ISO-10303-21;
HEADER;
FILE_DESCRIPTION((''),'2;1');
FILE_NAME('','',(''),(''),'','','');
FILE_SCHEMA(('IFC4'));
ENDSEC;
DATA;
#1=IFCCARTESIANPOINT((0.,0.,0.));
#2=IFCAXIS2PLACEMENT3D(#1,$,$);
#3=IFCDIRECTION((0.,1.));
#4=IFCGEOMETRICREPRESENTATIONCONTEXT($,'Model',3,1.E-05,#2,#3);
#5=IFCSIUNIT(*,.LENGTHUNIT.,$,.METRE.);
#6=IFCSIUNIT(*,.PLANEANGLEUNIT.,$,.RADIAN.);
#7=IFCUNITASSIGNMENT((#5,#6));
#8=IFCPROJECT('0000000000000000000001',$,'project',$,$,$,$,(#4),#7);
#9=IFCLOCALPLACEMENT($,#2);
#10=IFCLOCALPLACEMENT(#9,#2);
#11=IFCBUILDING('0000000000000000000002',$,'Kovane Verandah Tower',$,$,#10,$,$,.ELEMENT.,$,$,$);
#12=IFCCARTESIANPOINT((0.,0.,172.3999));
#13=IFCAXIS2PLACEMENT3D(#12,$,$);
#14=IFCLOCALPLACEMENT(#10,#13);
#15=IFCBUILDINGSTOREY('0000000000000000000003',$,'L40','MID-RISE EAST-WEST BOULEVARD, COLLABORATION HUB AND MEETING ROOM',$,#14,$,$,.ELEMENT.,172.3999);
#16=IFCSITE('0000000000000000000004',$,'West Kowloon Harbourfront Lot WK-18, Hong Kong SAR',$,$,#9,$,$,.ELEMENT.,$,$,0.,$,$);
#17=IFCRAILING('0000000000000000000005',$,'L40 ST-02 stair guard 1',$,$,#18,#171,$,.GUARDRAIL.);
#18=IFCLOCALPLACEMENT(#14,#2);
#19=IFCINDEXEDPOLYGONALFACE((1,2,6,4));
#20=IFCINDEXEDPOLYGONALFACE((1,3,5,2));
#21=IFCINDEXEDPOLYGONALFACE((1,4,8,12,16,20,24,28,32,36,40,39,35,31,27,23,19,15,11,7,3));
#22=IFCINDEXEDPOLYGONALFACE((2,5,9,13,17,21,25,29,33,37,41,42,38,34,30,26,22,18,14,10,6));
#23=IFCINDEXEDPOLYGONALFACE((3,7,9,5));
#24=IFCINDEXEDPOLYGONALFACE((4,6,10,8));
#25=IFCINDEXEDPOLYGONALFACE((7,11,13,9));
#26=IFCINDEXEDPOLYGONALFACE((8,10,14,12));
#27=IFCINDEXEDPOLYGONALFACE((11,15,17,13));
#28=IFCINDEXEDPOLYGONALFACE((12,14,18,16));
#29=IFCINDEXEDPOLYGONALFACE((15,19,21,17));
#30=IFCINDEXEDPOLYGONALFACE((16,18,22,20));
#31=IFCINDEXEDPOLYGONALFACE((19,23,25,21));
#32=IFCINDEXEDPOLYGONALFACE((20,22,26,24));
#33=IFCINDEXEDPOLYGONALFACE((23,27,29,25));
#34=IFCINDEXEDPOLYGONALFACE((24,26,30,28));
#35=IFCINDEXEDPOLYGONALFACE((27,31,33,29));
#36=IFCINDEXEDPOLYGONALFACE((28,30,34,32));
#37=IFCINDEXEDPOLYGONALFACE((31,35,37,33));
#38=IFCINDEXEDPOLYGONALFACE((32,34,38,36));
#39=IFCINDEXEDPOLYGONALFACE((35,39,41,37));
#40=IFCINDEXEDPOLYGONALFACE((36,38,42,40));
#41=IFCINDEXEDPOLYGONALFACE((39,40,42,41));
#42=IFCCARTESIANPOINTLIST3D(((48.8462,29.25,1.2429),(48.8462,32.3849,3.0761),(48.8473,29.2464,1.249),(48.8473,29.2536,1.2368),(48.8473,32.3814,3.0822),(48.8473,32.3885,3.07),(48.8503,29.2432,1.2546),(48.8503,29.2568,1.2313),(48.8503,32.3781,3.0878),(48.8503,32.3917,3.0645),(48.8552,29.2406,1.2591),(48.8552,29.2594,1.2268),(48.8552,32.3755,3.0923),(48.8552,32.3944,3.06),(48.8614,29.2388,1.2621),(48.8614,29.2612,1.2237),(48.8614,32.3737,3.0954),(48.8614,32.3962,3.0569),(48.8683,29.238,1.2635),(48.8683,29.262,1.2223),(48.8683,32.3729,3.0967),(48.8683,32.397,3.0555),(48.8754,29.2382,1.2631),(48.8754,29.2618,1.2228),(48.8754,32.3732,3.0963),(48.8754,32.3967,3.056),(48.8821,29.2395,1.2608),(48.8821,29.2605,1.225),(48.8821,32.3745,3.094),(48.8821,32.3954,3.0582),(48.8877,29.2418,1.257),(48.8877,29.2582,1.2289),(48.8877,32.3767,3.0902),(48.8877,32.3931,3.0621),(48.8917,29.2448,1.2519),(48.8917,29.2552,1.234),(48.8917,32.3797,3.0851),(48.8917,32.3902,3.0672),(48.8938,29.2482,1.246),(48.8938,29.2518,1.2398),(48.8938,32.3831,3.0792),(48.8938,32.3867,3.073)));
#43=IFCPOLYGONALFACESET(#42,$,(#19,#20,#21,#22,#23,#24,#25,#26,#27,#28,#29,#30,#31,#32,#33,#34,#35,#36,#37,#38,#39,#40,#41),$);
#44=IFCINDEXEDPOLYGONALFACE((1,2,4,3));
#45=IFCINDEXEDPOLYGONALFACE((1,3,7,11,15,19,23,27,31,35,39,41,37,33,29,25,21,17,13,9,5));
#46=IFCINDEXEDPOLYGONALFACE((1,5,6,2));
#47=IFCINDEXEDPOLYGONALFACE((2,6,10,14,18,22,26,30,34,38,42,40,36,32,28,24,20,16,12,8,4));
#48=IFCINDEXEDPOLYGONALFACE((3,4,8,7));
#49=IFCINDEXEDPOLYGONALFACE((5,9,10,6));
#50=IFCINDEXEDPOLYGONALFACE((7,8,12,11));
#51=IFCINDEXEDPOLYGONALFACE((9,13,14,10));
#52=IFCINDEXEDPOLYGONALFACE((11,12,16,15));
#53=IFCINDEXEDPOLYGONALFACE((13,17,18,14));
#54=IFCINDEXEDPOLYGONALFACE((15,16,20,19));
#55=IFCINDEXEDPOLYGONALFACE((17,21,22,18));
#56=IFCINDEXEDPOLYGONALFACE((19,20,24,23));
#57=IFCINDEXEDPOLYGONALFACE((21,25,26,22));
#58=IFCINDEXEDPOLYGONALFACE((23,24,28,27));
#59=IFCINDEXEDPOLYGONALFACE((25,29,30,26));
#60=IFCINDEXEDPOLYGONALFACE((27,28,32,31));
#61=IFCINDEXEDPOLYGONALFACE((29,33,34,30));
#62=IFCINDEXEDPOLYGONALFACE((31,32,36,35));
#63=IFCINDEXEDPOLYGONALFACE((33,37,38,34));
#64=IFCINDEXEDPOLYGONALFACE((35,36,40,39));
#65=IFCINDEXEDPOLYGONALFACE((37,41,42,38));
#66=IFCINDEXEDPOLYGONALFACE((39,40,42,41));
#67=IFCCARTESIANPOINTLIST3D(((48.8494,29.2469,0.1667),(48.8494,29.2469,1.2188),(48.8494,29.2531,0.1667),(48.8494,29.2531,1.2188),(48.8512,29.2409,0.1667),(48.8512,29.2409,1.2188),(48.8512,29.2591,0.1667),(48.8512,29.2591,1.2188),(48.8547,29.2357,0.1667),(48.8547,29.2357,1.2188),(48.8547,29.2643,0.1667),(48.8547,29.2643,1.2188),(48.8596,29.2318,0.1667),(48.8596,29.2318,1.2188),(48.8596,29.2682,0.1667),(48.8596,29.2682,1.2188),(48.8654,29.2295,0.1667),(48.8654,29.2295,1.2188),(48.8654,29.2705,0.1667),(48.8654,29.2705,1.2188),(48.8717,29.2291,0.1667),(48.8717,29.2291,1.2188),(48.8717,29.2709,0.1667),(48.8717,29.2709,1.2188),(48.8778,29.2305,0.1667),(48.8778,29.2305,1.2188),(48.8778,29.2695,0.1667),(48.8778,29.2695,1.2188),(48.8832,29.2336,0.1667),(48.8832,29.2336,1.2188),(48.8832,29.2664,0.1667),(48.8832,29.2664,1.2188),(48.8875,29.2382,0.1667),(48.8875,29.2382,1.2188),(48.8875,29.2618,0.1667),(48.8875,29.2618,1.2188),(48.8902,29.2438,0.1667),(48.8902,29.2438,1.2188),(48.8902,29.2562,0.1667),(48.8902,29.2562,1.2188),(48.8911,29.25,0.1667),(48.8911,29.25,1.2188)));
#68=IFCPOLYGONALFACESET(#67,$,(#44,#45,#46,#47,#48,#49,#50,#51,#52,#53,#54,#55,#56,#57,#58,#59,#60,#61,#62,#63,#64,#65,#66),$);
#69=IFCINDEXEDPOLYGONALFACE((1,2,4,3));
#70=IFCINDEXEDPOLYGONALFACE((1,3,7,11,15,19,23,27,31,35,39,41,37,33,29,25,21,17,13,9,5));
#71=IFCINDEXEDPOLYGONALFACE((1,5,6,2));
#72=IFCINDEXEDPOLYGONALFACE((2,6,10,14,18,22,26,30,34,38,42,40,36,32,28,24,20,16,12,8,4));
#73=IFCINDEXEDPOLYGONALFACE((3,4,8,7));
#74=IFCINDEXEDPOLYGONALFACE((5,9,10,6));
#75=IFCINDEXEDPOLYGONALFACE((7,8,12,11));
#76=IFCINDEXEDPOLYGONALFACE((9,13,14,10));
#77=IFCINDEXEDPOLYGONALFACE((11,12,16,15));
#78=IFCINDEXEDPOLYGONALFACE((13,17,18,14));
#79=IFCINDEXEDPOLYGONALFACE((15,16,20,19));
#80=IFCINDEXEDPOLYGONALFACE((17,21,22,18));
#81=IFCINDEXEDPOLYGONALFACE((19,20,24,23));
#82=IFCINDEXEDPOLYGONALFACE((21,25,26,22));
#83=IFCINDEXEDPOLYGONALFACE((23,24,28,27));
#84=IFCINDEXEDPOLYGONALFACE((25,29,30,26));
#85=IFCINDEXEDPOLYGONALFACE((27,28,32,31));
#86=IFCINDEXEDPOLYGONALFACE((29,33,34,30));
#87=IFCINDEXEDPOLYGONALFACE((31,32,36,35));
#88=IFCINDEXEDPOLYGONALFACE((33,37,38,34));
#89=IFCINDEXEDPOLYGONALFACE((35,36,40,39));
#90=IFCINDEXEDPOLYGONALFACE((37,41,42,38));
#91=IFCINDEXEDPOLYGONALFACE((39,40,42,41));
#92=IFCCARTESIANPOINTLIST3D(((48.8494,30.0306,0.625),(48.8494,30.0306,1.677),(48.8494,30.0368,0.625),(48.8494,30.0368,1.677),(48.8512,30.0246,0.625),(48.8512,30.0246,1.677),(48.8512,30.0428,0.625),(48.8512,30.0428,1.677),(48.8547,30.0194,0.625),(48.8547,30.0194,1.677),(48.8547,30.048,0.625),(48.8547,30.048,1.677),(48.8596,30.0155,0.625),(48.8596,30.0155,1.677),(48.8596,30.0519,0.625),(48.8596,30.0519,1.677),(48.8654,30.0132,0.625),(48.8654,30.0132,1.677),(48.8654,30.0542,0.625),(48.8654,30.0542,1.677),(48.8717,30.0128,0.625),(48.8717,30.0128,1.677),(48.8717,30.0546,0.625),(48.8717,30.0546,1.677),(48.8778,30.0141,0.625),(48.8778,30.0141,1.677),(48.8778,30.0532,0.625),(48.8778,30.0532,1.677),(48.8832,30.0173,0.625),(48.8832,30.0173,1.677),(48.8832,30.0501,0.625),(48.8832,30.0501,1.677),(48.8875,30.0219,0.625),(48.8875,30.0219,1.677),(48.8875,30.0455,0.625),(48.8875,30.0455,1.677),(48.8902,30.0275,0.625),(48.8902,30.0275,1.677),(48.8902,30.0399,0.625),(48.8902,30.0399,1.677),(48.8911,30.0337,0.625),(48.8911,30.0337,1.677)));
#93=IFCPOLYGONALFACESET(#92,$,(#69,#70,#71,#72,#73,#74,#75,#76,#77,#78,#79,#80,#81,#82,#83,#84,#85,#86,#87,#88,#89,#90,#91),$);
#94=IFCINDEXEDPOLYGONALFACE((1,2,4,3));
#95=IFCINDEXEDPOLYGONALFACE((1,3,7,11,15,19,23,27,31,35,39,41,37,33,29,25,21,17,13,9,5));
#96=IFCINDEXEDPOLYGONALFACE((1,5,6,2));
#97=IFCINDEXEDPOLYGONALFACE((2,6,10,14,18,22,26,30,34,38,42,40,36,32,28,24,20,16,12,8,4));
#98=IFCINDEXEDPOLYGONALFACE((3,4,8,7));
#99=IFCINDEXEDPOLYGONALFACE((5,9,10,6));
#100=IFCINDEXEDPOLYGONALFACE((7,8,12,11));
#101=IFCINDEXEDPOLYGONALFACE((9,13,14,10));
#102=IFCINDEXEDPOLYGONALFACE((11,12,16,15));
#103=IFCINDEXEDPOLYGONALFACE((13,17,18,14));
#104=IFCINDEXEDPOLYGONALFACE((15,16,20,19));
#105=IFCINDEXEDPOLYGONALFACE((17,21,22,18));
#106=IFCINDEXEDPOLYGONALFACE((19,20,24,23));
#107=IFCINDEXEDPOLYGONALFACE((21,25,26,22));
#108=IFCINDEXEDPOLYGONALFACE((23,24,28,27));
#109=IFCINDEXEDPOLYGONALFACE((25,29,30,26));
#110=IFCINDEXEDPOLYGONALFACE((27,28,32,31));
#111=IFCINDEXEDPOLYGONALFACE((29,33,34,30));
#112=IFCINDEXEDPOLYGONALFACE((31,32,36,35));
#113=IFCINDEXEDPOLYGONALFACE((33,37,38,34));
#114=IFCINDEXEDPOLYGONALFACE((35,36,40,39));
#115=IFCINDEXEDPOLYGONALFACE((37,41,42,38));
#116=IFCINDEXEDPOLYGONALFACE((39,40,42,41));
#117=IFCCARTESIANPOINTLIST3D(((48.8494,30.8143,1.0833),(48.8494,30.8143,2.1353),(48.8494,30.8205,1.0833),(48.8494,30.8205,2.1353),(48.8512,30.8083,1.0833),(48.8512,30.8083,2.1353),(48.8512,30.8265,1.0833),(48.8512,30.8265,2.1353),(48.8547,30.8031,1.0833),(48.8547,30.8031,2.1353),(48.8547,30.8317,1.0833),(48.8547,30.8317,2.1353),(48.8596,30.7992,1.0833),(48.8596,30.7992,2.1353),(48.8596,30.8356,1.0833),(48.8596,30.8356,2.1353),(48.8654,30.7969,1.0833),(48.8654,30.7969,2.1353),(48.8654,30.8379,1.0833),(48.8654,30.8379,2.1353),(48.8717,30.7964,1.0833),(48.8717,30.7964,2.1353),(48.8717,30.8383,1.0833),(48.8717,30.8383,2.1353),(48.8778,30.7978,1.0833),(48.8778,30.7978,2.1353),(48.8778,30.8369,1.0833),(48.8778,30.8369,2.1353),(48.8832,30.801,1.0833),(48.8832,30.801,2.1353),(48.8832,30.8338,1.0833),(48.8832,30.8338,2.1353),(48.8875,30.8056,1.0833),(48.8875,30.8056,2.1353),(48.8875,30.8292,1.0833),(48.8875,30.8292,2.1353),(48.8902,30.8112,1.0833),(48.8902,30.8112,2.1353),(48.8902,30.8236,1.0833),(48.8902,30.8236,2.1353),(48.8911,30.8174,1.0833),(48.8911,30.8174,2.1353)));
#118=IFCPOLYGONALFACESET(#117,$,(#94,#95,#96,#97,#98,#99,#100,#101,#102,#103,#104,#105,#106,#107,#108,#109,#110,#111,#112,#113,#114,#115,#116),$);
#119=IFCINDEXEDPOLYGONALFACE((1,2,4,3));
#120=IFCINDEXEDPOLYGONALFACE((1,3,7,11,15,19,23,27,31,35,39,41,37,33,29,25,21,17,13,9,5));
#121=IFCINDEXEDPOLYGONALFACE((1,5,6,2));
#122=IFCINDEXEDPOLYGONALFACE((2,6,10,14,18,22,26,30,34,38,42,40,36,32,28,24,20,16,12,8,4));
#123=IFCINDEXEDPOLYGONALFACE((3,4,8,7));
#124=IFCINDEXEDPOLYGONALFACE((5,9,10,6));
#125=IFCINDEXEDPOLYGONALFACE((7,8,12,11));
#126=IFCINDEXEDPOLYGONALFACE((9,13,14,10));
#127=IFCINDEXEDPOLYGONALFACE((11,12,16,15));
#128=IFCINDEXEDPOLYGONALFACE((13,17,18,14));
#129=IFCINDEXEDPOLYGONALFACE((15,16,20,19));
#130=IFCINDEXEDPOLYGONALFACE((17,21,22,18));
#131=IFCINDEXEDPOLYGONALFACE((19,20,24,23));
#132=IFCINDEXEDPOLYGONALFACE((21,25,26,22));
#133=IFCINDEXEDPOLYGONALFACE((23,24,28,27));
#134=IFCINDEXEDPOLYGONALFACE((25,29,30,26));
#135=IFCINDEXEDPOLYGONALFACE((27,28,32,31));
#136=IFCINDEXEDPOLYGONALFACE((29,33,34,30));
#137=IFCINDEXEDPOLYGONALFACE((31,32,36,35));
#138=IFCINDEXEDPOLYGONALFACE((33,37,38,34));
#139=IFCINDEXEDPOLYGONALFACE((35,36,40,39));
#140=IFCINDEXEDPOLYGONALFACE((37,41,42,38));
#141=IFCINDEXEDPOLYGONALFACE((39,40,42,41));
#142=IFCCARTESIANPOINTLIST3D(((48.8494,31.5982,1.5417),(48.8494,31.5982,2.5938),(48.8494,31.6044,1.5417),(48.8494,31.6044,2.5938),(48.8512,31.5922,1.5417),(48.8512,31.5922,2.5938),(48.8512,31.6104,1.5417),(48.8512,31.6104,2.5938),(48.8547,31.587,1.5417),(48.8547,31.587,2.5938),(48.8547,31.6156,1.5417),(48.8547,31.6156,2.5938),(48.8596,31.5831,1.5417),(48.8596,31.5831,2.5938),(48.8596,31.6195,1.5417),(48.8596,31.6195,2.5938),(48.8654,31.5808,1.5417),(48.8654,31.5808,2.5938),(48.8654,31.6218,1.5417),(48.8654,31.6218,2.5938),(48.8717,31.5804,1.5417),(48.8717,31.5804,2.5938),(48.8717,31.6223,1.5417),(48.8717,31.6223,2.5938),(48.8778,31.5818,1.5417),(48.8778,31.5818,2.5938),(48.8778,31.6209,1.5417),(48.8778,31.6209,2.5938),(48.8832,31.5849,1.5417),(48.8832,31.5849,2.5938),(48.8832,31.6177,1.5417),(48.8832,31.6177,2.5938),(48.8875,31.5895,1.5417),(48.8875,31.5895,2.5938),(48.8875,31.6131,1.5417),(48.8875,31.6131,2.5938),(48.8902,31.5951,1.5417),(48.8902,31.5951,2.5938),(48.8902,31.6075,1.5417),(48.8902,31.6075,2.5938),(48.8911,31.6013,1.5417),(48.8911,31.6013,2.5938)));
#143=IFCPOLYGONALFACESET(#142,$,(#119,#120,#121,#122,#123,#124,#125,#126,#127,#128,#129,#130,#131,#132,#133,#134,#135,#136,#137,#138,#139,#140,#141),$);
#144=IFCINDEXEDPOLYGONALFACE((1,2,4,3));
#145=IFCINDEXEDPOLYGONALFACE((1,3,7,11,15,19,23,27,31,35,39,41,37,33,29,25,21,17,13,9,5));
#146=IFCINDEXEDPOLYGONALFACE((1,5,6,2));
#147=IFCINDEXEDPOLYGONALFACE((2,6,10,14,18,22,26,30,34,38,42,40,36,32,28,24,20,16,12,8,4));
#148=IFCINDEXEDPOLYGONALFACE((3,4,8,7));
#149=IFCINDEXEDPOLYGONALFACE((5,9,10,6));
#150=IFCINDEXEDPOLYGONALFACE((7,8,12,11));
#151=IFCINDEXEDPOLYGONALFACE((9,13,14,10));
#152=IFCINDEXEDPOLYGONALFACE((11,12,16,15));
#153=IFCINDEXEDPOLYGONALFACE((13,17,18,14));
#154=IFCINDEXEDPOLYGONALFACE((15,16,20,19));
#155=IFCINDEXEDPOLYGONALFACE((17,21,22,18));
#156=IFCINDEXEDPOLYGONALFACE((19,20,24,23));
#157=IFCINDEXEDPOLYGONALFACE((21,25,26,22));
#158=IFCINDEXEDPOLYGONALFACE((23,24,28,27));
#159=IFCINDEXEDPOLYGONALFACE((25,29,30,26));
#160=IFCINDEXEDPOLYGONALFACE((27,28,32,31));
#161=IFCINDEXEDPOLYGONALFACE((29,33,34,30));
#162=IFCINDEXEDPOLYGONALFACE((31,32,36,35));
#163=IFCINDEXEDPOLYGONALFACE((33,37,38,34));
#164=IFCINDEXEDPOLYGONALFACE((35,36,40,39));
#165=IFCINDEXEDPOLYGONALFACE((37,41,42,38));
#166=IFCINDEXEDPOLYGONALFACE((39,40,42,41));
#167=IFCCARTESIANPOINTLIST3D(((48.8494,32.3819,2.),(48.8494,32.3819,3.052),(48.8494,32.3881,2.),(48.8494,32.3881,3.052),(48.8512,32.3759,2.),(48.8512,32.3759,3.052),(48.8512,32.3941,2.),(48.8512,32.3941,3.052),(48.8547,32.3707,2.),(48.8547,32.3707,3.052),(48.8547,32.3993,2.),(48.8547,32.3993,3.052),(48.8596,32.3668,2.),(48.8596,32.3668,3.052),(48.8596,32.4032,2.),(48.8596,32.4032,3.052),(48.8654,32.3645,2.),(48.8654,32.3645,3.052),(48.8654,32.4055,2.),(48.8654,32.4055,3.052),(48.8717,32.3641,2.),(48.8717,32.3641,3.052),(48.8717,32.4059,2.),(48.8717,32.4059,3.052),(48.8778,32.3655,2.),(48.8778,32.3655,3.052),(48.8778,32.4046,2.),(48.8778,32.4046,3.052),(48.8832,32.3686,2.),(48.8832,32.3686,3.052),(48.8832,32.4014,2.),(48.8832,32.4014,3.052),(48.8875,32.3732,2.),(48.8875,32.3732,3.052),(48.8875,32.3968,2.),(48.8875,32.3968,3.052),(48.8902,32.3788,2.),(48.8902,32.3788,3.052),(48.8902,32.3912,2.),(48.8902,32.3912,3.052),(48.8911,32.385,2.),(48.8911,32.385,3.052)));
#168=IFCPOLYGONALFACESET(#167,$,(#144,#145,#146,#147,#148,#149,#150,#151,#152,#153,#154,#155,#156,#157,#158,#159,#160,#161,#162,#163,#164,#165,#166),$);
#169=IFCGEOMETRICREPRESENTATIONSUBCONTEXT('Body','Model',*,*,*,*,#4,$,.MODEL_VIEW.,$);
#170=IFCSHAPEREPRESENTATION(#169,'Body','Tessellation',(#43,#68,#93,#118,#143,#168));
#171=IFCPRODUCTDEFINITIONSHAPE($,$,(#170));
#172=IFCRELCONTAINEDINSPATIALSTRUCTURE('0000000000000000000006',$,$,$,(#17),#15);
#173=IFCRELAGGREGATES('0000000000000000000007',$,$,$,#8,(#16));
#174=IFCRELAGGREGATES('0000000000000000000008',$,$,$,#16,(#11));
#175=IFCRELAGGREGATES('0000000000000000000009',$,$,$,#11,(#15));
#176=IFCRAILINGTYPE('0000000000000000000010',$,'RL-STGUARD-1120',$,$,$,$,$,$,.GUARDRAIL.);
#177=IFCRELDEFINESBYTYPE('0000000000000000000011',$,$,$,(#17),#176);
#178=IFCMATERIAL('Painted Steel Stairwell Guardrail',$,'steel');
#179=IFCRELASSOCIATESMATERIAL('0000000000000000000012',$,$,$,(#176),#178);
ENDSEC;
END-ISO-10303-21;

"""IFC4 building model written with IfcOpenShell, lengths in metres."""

from ifc_helpers import new_model, si_unit, direction, frame, origin, origin_2d, place, context, subcontext, project, spatial, circle, extrude, material, type_object, element, save


model = new_model("IFC4")

# Units and contexts
model_context = context("Model", 3, precision=1e-05, world=origin(), true_north=direction((0.0, 1.0)))
body_context = subcontext(model_context, "Body", "Model", "MODEL_VIEW")
ifc_project = project(units=[si_unit("LENGTHUNIT", "METRE"), si_unit("PLANEANGLEUNIT", "RADIAN")], contexts=[model_context])

# Site, building, storey
site_placement = place(None, origin())
site = spatial("IfcSite", under=ifc_project, at=site_placement, Name="West Kowloon Harbourfront Lot WK-18, Hong Kong SAR", CompositionType="ELEMENT", RefElevation=0.0)
building_placement = place(site_placement, origin())
building = spatial("IfcBuilding", under=site, at=building_placement, Name="Kovane Verandah Tower", CompositionType="ELEMENT")
storey_placement = place(building_placement, frame((0.0, 0.0, 172.3999)))
storey = spatial("IfcBuildingStorey", under=building, at=storey_placement, Name="L40", Description="MID-RISE EAST-WEST BOULEVARD, COLLABORATION HUB AND MEETING ROOM", CompositionType="ELEMENT", Elevation=172.3999)

# Railing
ifc_material_1 = material(Name="Painted Steel Stairwell Guardrail", Category="steel")
railing_type = type_object("IfcRailingType", Name="RL-STGUARD-1120", PredefinedType="GUARDRAIL", material=ifc_material_1)
railing_1_placement = place(storey_placement, frame((48.8701, 29.25, 0.1667)))
element("IfcRailing", 1, at=railing_1_placement, inside=storey, type_object=railing_type, Name="L40 ST-02 stair guard 1", PredefinedType="GUARDRAIL", context=body_context, shape_type="SweptSolid", body=[
    extrude(circle(Radius=0.0239, at=origin_2d()), frame((0.0, 0.0, 1.0762), z_axis=(0.0, 0.86324, 0.504794), x_axis=(-1.0, 0.0, 0.0)), (0.0, 0.0, 1.0), 3.6316),
    extrude(circle(Radius=0.021, at=origin_2d()), origin(), (0.0, 0.0, 1.0), 1.052),
    extrude(circle(Radius=0.021, at=origin_2d()), frame((0.0, 0.7837, 0.4583)), (0.0, 0.0, 1.0), 1.052),
    extrude(circle(Radius=0.021, at=origin_2d()), frame((0.0, 1.5674, 0.9165)), (0.0, 0.0, 1.0), 1.052),
    extrude(circle(Radius=0.021, at=origin_2d()), frame((0.0, 2.3513, 1.375)), (0.0, 0.0, 1.0), 1.052),
    extrude(circle(Radius=0.021, at=origin_2d()), frame((0.0, 3.135, 1.8333)), (0.0, 0.0, 1.0), 1.052),
])

save(model, "model.ifc")
